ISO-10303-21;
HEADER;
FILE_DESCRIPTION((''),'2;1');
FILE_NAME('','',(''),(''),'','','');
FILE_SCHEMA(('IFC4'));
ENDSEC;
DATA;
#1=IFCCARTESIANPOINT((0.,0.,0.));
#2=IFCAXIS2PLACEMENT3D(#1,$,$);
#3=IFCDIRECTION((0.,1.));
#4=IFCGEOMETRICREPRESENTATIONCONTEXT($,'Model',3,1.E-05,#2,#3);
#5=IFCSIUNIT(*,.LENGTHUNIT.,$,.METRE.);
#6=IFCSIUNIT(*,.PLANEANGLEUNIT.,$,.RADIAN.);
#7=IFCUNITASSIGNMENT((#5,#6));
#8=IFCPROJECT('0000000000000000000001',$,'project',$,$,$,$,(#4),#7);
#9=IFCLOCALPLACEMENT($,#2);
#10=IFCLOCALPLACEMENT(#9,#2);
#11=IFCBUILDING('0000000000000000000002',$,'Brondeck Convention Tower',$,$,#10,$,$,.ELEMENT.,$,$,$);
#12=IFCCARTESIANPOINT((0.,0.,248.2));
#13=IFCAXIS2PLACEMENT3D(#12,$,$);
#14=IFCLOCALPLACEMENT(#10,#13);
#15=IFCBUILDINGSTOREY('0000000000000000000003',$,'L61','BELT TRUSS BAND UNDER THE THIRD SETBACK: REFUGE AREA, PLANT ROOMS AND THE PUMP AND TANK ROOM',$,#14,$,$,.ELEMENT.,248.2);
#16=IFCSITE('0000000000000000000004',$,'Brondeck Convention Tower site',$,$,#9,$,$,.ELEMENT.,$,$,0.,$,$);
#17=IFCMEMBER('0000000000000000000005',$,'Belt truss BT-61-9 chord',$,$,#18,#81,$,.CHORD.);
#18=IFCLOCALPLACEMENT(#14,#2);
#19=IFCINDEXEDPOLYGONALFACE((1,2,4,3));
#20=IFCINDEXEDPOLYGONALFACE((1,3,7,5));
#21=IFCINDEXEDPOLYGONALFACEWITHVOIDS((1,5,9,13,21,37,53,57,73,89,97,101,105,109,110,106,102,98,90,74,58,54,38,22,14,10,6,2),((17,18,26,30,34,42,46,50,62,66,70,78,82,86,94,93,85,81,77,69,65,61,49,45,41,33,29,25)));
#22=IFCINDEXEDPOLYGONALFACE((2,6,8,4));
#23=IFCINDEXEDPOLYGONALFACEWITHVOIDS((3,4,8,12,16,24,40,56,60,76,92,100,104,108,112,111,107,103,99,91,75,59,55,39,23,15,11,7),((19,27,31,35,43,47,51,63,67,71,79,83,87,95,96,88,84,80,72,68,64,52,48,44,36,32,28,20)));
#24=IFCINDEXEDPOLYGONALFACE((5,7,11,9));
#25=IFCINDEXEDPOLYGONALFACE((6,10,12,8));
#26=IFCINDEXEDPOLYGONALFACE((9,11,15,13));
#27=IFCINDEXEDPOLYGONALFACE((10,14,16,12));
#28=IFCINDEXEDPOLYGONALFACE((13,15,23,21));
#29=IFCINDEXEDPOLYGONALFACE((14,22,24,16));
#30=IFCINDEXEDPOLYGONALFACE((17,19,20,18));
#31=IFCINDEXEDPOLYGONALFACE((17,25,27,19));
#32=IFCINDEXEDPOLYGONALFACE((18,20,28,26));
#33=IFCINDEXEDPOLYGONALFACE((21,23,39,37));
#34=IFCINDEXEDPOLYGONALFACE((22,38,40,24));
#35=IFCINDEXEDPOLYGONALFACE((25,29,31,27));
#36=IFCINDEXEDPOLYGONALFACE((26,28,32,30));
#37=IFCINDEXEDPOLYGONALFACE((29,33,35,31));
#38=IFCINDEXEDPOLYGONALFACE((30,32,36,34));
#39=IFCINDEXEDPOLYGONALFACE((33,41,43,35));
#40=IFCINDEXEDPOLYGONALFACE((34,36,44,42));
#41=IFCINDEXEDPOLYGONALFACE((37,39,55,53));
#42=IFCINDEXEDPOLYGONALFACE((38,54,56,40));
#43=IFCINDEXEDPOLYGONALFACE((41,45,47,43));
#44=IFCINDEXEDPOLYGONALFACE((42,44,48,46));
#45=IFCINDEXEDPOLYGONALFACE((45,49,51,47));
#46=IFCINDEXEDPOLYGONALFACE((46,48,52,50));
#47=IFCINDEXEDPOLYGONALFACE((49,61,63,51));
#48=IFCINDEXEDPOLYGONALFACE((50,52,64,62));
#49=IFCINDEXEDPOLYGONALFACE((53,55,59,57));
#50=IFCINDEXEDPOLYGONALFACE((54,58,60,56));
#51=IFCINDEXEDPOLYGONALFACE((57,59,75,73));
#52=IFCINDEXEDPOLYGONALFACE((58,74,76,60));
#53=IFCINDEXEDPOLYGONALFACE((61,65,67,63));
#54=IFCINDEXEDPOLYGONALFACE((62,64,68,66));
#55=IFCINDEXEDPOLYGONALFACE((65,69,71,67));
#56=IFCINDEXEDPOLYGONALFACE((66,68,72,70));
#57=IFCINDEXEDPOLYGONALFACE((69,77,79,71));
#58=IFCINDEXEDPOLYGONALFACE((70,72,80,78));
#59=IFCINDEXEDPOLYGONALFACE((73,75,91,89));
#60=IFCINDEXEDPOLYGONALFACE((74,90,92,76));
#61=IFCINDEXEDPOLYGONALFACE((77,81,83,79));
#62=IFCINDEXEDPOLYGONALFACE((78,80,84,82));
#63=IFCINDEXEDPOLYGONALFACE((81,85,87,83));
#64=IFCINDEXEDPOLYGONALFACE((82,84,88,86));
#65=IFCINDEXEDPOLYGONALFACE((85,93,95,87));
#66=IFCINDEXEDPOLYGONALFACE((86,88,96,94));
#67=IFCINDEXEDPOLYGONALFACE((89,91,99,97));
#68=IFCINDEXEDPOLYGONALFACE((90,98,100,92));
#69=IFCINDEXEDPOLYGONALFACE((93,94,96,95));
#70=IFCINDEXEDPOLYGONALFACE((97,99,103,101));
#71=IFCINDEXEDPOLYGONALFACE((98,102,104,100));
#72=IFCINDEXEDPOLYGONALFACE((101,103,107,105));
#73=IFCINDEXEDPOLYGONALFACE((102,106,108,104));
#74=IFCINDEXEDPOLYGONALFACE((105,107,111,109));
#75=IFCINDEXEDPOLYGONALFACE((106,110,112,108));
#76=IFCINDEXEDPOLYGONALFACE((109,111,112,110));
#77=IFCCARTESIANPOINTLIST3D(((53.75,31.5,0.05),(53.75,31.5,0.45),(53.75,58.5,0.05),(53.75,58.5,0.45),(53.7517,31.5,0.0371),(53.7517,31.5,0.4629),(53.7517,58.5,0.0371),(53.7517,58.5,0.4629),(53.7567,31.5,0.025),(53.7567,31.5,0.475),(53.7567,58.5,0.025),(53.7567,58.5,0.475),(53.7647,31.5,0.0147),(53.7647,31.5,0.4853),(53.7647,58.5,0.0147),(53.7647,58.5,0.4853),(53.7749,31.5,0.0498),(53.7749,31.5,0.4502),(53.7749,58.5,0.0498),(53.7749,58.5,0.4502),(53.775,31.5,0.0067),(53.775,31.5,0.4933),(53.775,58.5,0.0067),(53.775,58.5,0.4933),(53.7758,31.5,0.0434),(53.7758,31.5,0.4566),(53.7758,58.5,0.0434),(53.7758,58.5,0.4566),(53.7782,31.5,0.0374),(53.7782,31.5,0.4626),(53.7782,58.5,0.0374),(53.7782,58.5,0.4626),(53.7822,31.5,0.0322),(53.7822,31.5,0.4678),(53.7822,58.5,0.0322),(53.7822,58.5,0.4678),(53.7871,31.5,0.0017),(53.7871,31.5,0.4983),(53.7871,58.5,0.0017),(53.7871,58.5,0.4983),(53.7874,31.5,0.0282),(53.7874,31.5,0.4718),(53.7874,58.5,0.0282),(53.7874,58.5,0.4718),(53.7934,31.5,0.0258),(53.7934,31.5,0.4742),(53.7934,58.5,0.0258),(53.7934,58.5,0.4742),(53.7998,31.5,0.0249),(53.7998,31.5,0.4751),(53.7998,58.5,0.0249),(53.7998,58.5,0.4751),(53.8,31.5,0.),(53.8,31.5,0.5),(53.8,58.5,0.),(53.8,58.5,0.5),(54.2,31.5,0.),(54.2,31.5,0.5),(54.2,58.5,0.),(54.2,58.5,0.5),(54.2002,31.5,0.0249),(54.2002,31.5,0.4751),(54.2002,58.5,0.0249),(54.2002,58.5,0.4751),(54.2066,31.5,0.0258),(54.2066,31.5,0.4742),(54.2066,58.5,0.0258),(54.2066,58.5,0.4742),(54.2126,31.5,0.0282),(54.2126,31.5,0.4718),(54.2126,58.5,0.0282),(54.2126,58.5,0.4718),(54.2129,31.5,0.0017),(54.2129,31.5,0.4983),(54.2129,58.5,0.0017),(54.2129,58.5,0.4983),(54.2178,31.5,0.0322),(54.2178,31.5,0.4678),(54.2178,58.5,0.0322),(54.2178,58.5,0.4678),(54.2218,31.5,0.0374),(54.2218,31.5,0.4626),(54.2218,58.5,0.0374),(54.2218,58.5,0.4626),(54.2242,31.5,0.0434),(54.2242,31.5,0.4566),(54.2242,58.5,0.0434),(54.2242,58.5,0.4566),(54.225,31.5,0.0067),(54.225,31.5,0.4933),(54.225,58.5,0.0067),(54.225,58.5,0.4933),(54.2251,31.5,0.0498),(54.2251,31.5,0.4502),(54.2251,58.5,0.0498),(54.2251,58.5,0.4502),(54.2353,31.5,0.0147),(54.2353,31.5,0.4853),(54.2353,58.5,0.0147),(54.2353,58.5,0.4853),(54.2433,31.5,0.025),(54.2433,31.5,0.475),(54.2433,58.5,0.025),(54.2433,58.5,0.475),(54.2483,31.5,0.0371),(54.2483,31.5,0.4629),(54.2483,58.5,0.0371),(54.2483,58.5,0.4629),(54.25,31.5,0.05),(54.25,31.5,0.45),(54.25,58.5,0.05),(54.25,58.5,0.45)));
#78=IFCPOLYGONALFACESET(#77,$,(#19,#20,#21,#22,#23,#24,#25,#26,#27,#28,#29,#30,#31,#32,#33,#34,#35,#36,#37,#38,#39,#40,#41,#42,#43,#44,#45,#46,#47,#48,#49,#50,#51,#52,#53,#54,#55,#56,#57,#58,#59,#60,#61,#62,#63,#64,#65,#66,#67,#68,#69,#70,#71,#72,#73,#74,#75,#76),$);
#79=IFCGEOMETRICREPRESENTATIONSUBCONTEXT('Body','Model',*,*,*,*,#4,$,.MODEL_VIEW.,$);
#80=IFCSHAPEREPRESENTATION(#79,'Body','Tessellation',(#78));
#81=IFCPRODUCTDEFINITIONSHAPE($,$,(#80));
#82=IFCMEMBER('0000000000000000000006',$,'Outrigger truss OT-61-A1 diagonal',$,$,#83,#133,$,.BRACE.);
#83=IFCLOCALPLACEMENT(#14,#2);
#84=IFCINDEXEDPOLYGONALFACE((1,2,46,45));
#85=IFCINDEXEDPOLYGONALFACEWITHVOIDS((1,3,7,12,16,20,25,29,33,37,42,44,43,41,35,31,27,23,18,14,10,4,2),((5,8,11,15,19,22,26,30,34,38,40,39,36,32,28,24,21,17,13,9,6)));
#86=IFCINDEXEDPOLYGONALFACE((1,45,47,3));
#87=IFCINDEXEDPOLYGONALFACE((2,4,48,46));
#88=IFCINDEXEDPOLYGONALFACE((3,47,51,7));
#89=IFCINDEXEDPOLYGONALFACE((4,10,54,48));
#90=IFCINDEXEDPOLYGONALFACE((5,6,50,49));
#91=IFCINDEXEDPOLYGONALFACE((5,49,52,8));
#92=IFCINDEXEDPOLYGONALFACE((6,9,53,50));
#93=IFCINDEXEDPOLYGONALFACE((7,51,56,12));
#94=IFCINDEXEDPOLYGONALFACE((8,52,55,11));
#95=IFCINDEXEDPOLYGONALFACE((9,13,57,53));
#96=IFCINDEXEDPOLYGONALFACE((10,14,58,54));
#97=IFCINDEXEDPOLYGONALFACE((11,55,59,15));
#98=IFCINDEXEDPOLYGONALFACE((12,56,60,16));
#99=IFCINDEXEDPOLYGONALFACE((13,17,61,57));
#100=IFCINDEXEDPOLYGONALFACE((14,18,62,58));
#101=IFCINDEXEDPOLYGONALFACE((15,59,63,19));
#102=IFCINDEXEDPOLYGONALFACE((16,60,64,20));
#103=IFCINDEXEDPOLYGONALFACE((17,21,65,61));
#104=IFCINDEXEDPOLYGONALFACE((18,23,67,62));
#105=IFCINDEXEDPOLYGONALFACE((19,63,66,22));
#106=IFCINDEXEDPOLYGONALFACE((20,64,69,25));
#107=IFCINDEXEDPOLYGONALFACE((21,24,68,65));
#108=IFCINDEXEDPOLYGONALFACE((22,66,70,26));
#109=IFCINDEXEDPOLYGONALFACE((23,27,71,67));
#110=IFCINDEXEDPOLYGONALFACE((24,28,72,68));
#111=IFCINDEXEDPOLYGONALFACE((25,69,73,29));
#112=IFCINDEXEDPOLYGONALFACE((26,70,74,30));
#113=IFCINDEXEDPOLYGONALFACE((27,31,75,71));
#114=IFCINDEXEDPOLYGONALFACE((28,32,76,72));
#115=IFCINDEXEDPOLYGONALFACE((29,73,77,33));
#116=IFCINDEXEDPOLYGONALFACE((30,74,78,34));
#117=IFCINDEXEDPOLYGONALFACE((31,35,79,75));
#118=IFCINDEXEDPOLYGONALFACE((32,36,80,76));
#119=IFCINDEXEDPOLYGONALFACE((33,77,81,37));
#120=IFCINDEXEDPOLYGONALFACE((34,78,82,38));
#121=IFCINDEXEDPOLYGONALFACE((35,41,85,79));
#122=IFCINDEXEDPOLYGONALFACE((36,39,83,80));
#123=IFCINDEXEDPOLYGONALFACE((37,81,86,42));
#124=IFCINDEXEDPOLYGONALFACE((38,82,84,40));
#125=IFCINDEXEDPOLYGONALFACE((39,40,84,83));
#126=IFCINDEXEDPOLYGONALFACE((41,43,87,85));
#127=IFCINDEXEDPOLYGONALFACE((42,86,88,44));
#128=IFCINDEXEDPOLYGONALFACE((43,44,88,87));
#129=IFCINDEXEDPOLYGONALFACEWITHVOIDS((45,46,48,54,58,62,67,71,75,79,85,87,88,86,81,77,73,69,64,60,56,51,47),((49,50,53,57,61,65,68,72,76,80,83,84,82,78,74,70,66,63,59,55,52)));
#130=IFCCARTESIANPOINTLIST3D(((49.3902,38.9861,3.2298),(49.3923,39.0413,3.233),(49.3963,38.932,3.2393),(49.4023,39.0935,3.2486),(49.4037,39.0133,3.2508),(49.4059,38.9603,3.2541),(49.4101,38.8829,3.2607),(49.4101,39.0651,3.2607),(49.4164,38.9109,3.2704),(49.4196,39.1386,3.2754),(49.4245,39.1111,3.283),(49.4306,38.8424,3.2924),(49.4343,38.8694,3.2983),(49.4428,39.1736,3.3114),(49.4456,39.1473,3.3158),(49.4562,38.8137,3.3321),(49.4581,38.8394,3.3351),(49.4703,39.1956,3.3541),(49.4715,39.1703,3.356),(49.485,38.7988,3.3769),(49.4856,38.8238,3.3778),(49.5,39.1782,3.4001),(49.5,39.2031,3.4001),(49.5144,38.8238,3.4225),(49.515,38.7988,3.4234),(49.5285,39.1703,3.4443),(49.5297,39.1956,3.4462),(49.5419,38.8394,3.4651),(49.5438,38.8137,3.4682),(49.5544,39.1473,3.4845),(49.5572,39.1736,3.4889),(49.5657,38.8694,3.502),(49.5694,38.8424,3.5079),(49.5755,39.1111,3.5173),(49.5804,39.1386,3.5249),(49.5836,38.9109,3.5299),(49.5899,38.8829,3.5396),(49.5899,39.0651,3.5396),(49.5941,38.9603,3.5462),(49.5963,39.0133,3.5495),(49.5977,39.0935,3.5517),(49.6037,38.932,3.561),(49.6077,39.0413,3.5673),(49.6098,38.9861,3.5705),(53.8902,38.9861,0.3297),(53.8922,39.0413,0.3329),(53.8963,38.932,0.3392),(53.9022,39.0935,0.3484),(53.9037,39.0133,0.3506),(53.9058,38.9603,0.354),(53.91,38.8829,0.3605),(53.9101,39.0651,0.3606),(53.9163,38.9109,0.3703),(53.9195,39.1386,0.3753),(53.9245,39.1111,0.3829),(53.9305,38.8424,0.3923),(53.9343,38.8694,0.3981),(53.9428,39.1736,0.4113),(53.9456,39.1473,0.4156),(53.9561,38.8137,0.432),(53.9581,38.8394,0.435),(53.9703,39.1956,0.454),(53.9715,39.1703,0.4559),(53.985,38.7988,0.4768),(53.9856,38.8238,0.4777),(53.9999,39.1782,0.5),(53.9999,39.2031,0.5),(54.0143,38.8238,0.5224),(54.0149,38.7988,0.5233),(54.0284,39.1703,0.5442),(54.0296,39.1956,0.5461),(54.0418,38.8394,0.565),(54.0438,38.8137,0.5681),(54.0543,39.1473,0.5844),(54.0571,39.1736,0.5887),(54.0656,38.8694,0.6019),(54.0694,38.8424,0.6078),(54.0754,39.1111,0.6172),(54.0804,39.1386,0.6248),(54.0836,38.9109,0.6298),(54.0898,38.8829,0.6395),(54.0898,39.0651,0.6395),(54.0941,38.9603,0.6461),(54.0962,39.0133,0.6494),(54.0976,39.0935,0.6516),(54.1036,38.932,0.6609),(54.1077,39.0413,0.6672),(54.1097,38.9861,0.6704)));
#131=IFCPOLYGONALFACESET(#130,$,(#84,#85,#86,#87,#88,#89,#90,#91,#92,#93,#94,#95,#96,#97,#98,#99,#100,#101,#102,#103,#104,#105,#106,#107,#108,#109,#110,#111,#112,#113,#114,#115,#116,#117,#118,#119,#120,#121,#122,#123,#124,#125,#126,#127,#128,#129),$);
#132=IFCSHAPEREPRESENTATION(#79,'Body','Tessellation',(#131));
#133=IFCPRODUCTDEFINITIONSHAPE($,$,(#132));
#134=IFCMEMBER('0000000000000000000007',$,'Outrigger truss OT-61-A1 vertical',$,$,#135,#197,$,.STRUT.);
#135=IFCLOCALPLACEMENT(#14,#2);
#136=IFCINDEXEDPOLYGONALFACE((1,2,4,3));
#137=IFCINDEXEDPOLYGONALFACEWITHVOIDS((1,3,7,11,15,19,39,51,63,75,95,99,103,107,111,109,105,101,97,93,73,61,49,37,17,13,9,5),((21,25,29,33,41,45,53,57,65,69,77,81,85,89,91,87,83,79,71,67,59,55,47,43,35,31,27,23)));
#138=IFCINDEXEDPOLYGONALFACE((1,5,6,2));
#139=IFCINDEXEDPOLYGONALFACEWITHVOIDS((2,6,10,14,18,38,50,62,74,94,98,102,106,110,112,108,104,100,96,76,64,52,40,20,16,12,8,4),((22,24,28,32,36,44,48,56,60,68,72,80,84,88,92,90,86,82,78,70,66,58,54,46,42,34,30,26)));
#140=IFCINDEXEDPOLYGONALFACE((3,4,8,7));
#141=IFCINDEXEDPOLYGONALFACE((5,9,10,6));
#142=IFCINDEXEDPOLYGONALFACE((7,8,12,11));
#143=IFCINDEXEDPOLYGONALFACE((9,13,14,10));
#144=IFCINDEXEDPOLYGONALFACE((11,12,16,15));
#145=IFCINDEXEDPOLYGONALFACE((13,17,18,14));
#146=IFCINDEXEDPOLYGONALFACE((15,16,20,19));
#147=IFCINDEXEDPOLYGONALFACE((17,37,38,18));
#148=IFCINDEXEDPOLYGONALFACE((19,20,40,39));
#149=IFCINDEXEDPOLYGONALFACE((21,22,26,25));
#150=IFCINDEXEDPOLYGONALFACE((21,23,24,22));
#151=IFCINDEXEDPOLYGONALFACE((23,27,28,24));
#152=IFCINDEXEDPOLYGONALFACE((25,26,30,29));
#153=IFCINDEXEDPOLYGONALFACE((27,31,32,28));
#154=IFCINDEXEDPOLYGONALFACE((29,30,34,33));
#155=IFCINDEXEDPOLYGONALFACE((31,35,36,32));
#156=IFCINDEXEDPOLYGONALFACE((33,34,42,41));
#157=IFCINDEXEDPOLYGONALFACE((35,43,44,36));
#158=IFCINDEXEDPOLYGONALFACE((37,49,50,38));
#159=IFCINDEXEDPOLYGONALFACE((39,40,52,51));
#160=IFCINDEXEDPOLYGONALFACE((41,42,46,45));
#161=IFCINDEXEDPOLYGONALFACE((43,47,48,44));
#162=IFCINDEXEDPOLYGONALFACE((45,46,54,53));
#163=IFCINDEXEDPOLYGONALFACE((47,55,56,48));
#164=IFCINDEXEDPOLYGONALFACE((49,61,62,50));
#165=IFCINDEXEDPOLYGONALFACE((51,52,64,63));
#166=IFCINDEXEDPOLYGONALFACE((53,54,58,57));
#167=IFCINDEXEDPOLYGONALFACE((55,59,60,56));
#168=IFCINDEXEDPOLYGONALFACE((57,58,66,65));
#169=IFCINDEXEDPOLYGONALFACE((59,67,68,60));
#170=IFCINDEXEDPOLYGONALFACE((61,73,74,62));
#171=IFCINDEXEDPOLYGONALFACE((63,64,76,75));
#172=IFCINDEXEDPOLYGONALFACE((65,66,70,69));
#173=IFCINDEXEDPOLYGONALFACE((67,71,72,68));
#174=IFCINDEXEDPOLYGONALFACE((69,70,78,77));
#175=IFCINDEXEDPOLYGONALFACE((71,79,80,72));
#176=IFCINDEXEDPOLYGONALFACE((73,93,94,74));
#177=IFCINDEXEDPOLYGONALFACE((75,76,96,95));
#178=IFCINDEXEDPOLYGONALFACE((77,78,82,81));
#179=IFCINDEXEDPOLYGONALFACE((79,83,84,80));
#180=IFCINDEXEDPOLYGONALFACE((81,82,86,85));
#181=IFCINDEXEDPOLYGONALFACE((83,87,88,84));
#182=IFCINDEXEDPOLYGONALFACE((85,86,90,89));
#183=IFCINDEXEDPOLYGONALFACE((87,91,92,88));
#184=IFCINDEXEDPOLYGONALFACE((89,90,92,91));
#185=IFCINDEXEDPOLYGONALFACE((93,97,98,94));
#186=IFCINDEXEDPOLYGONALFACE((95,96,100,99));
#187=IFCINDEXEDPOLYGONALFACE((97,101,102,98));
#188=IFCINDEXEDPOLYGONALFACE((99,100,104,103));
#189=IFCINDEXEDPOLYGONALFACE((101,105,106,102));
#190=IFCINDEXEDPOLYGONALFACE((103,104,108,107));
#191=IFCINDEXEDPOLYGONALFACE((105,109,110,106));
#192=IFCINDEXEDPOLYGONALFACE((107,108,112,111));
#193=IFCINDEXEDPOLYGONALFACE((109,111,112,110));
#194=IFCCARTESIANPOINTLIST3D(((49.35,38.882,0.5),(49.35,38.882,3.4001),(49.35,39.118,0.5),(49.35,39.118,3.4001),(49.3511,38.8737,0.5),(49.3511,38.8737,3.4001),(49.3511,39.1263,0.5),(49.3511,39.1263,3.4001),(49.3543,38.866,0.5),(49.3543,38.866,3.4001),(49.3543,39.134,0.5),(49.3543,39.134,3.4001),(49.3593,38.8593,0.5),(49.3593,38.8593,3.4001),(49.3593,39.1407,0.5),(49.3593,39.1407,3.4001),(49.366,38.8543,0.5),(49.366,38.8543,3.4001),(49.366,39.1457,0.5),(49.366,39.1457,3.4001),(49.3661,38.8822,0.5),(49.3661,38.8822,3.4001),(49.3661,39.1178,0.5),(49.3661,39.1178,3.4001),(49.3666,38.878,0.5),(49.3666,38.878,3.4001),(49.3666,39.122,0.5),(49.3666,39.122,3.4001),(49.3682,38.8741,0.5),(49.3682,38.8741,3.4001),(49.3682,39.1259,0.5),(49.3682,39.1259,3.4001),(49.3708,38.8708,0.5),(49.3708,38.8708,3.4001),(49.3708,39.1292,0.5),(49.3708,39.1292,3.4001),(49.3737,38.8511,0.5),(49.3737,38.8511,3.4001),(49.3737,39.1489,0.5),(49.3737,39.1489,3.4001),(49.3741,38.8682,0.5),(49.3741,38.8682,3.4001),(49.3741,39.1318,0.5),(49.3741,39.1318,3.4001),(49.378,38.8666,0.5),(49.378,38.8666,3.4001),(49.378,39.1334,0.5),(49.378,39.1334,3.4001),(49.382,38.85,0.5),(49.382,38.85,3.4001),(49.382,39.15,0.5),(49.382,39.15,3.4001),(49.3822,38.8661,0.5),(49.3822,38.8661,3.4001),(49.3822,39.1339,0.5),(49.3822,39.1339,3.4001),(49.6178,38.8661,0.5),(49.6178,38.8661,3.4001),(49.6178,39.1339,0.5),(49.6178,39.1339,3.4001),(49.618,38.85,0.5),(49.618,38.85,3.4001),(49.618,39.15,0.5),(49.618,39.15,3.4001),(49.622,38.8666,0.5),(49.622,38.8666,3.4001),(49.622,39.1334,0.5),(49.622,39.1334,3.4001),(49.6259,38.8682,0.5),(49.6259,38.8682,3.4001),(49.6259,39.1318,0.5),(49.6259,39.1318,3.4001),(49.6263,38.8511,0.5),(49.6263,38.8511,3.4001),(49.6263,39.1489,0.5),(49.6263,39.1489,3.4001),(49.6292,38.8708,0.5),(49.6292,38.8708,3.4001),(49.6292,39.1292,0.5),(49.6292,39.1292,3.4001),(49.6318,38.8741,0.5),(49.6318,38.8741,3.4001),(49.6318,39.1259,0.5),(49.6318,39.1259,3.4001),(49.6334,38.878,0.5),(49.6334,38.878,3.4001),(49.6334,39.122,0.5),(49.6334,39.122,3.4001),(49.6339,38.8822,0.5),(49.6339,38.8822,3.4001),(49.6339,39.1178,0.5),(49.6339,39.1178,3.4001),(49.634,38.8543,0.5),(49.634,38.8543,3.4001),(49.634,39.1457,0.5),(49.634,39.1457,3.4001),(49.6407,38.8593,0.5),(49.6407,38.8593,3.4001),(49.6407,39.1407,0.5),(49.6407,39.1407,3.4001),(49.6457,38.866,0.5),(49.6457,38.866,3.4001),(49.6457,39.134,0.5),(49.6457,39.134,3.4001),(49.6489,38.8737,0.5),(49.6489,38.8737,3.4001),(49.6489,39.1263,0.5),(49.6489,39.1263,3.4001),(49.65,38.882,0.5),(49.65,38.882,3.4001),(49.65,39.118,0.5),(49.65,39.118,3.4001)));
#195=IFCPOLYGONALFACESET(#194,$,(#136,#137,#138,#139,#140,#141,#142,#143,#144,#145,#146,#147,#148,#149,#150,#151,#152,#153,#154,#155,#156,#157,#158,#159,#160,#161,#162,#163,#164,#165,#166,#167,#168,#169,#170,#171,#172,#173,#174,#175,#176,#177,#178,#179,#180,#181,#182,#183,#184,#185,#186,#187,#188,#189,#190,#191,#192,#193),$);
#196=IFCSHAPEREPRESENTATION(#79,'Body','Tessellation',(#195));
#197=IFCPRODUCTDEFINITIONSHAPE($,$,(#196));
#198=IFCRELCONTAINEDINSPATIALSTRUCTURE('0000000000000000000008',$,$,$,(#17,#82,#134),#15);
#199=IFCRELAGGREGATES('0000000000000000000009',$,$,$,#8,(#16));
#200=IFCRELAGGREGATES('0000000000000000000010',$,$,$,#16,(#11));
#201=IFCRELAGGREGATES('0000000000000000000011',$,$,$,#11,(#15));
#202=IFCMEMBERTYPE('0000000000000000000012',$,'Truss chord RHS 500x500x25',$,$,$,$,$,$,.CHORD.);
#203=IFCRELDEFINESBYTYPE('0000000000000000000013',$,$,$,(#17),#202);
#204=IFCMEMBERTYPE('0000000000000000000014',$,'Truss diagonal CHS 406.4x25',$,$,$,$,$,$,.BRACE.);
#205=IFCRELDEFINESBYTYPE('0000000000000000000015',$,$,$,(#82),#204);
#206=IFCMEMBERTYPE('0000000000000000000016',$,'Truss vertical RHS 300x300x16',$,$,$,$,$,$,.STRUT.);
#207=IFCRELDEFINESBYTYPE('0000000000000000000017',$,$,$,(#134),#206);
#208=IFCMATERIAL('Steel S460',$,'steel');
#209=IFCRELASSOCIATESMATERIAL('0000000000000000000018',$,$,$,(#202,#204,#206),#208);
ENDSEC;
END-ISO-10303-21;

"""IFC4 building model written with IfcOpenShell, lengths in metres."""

from ifc_helpers import new_model, si_unit, direction, frame, origin, origin_2d, place, context, subcontext, project, spatial, hollow_rectangle, hollow_circle, extrude, material, material_profile, profile_set, type_object, element, save


model = new_model("IFC4")

# Units and contexts
model_context = context("Model", 3, precision=1e-05, world=origin(), true_north=direction((0.0, 1.0)))
body_context = subcontext(model_context, "Body", "Model", "MODEL_VIEW")
ifc_project = project(units=[si_unit("LENGTHUNIT", "METRE"), si_unit("PLANEANGLEUNIT", "RADIAN")], contexts=[model_context])

# Site, building, storey
site_placement = place(None, origin())
site = spatial("IfcSite", under=ifc_project, at=site_placement, Name="Brondeck Convention Tower site", CompositionType="ELEMENT", RefElevation=0.0)
building_placement = place(site_placement, origin())
building = spatial("IfcBuilding", under=site, at=building_placement, Name="Brondeck Convention Tower", CompositionType="ELEMENT")
storey_placement = place(building_placement, frame((0.0, 0.0, 248.2)))
storey = spatial("IfcBuildingStorey", under=building, at=storey_placement, Name="L61", Description="BELT TRUSS BAND UNDER THE THIRD SETBACK: REFUGE AREA, PLANT ROOMS AND THE PUMP AND TANK ROOM", CompositionType="ELEMENT", Elevation=248.2)

# Shared definitions
ifc_material_1 = material(Name="Steel S460", Category="steel")

# Members
ifc_material_profile_1 = material_profile(ifc_material_1, hollow_rectangle(XDim=0.5, YDim=0.5, WallThickness=0.0249, InnerFilletRadius=0.0249, OuterFilletRadius=0.05, at=origin_2d()), Name="RHS 500x500x25")
ifc_profile_set_1 = profile_set([ifc_material_profile_1], Name="Steel S460")
member_type_1 = type_object("IfcMemberType", Name="Truss chord RHS 500x500x25", PredefinedType="CHORD", material=ifc_profile_set_1)
member_1_placement = place(storey_placement, frame((54.0, 31.5, 0.25), z_axis=(0.0, 1.0, 0.0), x_axis=(-1.0, 0.0, 0.0)))
element("IfcMember", 1, at=member_1_placement, inside=storey, type_object=member_type_1, Name="Belt truss BT-61-9 chord", PredefinedType="CHORD", context=body_context, shape_type="SweptSolid", body=[
    extrude(hollow_rectangle(XDim=0.5, YDim=0.5, WallThickness=0.0249, InnerFilletRadius=0.0249, OuterFilletRadius=0.05, at=origin_2d()), origin(), (0.0, 0.0, 1.0), 27.0),
])
ifc_material_profile_2 = material_profile(ifc_material_1, hollow_circle(Radius=0.2031, WallThickness=0.0249, at=origin_2d()), Name="CHS 406.4x25")
ifc_profile_set_2 = profile_set([ifc_material_profile_2], Name="Steel S460")
member_type_2 = type_object("IfcMemberType", Name="Truss diagonal CHS 406.4x25", PredefinedType="BRACE", material=ifc_profile_set_2)
member_2_placement = place(storey_placement, frame((49.5, 39.0, 3.4001), z_axis=(0.840559, 0.0, -0.541721), x_axis=(0.0, 1.0, 0.0)))
element("IfcMember", 2, at=member_2_placement, inside=storey, type_object=member_type_2, Name="Outrigger truss OT-61-A1 diagonal", PredefinedType="BRACE", context=body_context, shape_type="SweptSolid", body=[
    extrude(hollow_circle(Radius=0.2031, WallThickness=0.0249, at=origin_2d()), origin(), (0.0, 0.0, 1.0), 5.3535),
])
ifc_material_profile_3 = material_profile(ifc_material_1, hollow_rectangle(XDim=0.3, YDim=0.3, WallThickness=0.0161, InnerFilletRadius=0.0161, OuterFilletRadius=0.032, at=origin_2d()), Name="RHS 300x300x16")
ifc_profile_set_3 = profile_set([ifc_material_profile_3], Name="Steel S460")
member_type_3 = type_object("IfcMemberType", Name="Truss vertical RHS 300x300x16", PredefinedType="STRUT", material=ifc_profile_set_3)
for number, where, z_axis, x_axis, name in (
    (3, (49.5, 39.0, 0.5), (0.0, 0.0, 1.0), (1.0, 0.0, 0.0), "Outrigger truss OT-61-A1 vertical"),
):
    element("IfcMember", number, at=place(storey_placement, frame(where, z_axis=z_axis, x_axis=x_axis)), inside=storey, type_object=member_type_3, Name=name, PredefinedType="STRUT", context=body_context, shape_type="SweptSolid", body=[
        extrude(hollow_rectangle(XDim=0.3, YDim=0.3, WallThickness=0.0161, InnerFilletRadius=0.0161, OuterFilletRadius=0.032, at=origin_2d()), origin(), (0.0, 0.0, 1.0), 2.9001),
    ])

save(model, "model.ifc")
